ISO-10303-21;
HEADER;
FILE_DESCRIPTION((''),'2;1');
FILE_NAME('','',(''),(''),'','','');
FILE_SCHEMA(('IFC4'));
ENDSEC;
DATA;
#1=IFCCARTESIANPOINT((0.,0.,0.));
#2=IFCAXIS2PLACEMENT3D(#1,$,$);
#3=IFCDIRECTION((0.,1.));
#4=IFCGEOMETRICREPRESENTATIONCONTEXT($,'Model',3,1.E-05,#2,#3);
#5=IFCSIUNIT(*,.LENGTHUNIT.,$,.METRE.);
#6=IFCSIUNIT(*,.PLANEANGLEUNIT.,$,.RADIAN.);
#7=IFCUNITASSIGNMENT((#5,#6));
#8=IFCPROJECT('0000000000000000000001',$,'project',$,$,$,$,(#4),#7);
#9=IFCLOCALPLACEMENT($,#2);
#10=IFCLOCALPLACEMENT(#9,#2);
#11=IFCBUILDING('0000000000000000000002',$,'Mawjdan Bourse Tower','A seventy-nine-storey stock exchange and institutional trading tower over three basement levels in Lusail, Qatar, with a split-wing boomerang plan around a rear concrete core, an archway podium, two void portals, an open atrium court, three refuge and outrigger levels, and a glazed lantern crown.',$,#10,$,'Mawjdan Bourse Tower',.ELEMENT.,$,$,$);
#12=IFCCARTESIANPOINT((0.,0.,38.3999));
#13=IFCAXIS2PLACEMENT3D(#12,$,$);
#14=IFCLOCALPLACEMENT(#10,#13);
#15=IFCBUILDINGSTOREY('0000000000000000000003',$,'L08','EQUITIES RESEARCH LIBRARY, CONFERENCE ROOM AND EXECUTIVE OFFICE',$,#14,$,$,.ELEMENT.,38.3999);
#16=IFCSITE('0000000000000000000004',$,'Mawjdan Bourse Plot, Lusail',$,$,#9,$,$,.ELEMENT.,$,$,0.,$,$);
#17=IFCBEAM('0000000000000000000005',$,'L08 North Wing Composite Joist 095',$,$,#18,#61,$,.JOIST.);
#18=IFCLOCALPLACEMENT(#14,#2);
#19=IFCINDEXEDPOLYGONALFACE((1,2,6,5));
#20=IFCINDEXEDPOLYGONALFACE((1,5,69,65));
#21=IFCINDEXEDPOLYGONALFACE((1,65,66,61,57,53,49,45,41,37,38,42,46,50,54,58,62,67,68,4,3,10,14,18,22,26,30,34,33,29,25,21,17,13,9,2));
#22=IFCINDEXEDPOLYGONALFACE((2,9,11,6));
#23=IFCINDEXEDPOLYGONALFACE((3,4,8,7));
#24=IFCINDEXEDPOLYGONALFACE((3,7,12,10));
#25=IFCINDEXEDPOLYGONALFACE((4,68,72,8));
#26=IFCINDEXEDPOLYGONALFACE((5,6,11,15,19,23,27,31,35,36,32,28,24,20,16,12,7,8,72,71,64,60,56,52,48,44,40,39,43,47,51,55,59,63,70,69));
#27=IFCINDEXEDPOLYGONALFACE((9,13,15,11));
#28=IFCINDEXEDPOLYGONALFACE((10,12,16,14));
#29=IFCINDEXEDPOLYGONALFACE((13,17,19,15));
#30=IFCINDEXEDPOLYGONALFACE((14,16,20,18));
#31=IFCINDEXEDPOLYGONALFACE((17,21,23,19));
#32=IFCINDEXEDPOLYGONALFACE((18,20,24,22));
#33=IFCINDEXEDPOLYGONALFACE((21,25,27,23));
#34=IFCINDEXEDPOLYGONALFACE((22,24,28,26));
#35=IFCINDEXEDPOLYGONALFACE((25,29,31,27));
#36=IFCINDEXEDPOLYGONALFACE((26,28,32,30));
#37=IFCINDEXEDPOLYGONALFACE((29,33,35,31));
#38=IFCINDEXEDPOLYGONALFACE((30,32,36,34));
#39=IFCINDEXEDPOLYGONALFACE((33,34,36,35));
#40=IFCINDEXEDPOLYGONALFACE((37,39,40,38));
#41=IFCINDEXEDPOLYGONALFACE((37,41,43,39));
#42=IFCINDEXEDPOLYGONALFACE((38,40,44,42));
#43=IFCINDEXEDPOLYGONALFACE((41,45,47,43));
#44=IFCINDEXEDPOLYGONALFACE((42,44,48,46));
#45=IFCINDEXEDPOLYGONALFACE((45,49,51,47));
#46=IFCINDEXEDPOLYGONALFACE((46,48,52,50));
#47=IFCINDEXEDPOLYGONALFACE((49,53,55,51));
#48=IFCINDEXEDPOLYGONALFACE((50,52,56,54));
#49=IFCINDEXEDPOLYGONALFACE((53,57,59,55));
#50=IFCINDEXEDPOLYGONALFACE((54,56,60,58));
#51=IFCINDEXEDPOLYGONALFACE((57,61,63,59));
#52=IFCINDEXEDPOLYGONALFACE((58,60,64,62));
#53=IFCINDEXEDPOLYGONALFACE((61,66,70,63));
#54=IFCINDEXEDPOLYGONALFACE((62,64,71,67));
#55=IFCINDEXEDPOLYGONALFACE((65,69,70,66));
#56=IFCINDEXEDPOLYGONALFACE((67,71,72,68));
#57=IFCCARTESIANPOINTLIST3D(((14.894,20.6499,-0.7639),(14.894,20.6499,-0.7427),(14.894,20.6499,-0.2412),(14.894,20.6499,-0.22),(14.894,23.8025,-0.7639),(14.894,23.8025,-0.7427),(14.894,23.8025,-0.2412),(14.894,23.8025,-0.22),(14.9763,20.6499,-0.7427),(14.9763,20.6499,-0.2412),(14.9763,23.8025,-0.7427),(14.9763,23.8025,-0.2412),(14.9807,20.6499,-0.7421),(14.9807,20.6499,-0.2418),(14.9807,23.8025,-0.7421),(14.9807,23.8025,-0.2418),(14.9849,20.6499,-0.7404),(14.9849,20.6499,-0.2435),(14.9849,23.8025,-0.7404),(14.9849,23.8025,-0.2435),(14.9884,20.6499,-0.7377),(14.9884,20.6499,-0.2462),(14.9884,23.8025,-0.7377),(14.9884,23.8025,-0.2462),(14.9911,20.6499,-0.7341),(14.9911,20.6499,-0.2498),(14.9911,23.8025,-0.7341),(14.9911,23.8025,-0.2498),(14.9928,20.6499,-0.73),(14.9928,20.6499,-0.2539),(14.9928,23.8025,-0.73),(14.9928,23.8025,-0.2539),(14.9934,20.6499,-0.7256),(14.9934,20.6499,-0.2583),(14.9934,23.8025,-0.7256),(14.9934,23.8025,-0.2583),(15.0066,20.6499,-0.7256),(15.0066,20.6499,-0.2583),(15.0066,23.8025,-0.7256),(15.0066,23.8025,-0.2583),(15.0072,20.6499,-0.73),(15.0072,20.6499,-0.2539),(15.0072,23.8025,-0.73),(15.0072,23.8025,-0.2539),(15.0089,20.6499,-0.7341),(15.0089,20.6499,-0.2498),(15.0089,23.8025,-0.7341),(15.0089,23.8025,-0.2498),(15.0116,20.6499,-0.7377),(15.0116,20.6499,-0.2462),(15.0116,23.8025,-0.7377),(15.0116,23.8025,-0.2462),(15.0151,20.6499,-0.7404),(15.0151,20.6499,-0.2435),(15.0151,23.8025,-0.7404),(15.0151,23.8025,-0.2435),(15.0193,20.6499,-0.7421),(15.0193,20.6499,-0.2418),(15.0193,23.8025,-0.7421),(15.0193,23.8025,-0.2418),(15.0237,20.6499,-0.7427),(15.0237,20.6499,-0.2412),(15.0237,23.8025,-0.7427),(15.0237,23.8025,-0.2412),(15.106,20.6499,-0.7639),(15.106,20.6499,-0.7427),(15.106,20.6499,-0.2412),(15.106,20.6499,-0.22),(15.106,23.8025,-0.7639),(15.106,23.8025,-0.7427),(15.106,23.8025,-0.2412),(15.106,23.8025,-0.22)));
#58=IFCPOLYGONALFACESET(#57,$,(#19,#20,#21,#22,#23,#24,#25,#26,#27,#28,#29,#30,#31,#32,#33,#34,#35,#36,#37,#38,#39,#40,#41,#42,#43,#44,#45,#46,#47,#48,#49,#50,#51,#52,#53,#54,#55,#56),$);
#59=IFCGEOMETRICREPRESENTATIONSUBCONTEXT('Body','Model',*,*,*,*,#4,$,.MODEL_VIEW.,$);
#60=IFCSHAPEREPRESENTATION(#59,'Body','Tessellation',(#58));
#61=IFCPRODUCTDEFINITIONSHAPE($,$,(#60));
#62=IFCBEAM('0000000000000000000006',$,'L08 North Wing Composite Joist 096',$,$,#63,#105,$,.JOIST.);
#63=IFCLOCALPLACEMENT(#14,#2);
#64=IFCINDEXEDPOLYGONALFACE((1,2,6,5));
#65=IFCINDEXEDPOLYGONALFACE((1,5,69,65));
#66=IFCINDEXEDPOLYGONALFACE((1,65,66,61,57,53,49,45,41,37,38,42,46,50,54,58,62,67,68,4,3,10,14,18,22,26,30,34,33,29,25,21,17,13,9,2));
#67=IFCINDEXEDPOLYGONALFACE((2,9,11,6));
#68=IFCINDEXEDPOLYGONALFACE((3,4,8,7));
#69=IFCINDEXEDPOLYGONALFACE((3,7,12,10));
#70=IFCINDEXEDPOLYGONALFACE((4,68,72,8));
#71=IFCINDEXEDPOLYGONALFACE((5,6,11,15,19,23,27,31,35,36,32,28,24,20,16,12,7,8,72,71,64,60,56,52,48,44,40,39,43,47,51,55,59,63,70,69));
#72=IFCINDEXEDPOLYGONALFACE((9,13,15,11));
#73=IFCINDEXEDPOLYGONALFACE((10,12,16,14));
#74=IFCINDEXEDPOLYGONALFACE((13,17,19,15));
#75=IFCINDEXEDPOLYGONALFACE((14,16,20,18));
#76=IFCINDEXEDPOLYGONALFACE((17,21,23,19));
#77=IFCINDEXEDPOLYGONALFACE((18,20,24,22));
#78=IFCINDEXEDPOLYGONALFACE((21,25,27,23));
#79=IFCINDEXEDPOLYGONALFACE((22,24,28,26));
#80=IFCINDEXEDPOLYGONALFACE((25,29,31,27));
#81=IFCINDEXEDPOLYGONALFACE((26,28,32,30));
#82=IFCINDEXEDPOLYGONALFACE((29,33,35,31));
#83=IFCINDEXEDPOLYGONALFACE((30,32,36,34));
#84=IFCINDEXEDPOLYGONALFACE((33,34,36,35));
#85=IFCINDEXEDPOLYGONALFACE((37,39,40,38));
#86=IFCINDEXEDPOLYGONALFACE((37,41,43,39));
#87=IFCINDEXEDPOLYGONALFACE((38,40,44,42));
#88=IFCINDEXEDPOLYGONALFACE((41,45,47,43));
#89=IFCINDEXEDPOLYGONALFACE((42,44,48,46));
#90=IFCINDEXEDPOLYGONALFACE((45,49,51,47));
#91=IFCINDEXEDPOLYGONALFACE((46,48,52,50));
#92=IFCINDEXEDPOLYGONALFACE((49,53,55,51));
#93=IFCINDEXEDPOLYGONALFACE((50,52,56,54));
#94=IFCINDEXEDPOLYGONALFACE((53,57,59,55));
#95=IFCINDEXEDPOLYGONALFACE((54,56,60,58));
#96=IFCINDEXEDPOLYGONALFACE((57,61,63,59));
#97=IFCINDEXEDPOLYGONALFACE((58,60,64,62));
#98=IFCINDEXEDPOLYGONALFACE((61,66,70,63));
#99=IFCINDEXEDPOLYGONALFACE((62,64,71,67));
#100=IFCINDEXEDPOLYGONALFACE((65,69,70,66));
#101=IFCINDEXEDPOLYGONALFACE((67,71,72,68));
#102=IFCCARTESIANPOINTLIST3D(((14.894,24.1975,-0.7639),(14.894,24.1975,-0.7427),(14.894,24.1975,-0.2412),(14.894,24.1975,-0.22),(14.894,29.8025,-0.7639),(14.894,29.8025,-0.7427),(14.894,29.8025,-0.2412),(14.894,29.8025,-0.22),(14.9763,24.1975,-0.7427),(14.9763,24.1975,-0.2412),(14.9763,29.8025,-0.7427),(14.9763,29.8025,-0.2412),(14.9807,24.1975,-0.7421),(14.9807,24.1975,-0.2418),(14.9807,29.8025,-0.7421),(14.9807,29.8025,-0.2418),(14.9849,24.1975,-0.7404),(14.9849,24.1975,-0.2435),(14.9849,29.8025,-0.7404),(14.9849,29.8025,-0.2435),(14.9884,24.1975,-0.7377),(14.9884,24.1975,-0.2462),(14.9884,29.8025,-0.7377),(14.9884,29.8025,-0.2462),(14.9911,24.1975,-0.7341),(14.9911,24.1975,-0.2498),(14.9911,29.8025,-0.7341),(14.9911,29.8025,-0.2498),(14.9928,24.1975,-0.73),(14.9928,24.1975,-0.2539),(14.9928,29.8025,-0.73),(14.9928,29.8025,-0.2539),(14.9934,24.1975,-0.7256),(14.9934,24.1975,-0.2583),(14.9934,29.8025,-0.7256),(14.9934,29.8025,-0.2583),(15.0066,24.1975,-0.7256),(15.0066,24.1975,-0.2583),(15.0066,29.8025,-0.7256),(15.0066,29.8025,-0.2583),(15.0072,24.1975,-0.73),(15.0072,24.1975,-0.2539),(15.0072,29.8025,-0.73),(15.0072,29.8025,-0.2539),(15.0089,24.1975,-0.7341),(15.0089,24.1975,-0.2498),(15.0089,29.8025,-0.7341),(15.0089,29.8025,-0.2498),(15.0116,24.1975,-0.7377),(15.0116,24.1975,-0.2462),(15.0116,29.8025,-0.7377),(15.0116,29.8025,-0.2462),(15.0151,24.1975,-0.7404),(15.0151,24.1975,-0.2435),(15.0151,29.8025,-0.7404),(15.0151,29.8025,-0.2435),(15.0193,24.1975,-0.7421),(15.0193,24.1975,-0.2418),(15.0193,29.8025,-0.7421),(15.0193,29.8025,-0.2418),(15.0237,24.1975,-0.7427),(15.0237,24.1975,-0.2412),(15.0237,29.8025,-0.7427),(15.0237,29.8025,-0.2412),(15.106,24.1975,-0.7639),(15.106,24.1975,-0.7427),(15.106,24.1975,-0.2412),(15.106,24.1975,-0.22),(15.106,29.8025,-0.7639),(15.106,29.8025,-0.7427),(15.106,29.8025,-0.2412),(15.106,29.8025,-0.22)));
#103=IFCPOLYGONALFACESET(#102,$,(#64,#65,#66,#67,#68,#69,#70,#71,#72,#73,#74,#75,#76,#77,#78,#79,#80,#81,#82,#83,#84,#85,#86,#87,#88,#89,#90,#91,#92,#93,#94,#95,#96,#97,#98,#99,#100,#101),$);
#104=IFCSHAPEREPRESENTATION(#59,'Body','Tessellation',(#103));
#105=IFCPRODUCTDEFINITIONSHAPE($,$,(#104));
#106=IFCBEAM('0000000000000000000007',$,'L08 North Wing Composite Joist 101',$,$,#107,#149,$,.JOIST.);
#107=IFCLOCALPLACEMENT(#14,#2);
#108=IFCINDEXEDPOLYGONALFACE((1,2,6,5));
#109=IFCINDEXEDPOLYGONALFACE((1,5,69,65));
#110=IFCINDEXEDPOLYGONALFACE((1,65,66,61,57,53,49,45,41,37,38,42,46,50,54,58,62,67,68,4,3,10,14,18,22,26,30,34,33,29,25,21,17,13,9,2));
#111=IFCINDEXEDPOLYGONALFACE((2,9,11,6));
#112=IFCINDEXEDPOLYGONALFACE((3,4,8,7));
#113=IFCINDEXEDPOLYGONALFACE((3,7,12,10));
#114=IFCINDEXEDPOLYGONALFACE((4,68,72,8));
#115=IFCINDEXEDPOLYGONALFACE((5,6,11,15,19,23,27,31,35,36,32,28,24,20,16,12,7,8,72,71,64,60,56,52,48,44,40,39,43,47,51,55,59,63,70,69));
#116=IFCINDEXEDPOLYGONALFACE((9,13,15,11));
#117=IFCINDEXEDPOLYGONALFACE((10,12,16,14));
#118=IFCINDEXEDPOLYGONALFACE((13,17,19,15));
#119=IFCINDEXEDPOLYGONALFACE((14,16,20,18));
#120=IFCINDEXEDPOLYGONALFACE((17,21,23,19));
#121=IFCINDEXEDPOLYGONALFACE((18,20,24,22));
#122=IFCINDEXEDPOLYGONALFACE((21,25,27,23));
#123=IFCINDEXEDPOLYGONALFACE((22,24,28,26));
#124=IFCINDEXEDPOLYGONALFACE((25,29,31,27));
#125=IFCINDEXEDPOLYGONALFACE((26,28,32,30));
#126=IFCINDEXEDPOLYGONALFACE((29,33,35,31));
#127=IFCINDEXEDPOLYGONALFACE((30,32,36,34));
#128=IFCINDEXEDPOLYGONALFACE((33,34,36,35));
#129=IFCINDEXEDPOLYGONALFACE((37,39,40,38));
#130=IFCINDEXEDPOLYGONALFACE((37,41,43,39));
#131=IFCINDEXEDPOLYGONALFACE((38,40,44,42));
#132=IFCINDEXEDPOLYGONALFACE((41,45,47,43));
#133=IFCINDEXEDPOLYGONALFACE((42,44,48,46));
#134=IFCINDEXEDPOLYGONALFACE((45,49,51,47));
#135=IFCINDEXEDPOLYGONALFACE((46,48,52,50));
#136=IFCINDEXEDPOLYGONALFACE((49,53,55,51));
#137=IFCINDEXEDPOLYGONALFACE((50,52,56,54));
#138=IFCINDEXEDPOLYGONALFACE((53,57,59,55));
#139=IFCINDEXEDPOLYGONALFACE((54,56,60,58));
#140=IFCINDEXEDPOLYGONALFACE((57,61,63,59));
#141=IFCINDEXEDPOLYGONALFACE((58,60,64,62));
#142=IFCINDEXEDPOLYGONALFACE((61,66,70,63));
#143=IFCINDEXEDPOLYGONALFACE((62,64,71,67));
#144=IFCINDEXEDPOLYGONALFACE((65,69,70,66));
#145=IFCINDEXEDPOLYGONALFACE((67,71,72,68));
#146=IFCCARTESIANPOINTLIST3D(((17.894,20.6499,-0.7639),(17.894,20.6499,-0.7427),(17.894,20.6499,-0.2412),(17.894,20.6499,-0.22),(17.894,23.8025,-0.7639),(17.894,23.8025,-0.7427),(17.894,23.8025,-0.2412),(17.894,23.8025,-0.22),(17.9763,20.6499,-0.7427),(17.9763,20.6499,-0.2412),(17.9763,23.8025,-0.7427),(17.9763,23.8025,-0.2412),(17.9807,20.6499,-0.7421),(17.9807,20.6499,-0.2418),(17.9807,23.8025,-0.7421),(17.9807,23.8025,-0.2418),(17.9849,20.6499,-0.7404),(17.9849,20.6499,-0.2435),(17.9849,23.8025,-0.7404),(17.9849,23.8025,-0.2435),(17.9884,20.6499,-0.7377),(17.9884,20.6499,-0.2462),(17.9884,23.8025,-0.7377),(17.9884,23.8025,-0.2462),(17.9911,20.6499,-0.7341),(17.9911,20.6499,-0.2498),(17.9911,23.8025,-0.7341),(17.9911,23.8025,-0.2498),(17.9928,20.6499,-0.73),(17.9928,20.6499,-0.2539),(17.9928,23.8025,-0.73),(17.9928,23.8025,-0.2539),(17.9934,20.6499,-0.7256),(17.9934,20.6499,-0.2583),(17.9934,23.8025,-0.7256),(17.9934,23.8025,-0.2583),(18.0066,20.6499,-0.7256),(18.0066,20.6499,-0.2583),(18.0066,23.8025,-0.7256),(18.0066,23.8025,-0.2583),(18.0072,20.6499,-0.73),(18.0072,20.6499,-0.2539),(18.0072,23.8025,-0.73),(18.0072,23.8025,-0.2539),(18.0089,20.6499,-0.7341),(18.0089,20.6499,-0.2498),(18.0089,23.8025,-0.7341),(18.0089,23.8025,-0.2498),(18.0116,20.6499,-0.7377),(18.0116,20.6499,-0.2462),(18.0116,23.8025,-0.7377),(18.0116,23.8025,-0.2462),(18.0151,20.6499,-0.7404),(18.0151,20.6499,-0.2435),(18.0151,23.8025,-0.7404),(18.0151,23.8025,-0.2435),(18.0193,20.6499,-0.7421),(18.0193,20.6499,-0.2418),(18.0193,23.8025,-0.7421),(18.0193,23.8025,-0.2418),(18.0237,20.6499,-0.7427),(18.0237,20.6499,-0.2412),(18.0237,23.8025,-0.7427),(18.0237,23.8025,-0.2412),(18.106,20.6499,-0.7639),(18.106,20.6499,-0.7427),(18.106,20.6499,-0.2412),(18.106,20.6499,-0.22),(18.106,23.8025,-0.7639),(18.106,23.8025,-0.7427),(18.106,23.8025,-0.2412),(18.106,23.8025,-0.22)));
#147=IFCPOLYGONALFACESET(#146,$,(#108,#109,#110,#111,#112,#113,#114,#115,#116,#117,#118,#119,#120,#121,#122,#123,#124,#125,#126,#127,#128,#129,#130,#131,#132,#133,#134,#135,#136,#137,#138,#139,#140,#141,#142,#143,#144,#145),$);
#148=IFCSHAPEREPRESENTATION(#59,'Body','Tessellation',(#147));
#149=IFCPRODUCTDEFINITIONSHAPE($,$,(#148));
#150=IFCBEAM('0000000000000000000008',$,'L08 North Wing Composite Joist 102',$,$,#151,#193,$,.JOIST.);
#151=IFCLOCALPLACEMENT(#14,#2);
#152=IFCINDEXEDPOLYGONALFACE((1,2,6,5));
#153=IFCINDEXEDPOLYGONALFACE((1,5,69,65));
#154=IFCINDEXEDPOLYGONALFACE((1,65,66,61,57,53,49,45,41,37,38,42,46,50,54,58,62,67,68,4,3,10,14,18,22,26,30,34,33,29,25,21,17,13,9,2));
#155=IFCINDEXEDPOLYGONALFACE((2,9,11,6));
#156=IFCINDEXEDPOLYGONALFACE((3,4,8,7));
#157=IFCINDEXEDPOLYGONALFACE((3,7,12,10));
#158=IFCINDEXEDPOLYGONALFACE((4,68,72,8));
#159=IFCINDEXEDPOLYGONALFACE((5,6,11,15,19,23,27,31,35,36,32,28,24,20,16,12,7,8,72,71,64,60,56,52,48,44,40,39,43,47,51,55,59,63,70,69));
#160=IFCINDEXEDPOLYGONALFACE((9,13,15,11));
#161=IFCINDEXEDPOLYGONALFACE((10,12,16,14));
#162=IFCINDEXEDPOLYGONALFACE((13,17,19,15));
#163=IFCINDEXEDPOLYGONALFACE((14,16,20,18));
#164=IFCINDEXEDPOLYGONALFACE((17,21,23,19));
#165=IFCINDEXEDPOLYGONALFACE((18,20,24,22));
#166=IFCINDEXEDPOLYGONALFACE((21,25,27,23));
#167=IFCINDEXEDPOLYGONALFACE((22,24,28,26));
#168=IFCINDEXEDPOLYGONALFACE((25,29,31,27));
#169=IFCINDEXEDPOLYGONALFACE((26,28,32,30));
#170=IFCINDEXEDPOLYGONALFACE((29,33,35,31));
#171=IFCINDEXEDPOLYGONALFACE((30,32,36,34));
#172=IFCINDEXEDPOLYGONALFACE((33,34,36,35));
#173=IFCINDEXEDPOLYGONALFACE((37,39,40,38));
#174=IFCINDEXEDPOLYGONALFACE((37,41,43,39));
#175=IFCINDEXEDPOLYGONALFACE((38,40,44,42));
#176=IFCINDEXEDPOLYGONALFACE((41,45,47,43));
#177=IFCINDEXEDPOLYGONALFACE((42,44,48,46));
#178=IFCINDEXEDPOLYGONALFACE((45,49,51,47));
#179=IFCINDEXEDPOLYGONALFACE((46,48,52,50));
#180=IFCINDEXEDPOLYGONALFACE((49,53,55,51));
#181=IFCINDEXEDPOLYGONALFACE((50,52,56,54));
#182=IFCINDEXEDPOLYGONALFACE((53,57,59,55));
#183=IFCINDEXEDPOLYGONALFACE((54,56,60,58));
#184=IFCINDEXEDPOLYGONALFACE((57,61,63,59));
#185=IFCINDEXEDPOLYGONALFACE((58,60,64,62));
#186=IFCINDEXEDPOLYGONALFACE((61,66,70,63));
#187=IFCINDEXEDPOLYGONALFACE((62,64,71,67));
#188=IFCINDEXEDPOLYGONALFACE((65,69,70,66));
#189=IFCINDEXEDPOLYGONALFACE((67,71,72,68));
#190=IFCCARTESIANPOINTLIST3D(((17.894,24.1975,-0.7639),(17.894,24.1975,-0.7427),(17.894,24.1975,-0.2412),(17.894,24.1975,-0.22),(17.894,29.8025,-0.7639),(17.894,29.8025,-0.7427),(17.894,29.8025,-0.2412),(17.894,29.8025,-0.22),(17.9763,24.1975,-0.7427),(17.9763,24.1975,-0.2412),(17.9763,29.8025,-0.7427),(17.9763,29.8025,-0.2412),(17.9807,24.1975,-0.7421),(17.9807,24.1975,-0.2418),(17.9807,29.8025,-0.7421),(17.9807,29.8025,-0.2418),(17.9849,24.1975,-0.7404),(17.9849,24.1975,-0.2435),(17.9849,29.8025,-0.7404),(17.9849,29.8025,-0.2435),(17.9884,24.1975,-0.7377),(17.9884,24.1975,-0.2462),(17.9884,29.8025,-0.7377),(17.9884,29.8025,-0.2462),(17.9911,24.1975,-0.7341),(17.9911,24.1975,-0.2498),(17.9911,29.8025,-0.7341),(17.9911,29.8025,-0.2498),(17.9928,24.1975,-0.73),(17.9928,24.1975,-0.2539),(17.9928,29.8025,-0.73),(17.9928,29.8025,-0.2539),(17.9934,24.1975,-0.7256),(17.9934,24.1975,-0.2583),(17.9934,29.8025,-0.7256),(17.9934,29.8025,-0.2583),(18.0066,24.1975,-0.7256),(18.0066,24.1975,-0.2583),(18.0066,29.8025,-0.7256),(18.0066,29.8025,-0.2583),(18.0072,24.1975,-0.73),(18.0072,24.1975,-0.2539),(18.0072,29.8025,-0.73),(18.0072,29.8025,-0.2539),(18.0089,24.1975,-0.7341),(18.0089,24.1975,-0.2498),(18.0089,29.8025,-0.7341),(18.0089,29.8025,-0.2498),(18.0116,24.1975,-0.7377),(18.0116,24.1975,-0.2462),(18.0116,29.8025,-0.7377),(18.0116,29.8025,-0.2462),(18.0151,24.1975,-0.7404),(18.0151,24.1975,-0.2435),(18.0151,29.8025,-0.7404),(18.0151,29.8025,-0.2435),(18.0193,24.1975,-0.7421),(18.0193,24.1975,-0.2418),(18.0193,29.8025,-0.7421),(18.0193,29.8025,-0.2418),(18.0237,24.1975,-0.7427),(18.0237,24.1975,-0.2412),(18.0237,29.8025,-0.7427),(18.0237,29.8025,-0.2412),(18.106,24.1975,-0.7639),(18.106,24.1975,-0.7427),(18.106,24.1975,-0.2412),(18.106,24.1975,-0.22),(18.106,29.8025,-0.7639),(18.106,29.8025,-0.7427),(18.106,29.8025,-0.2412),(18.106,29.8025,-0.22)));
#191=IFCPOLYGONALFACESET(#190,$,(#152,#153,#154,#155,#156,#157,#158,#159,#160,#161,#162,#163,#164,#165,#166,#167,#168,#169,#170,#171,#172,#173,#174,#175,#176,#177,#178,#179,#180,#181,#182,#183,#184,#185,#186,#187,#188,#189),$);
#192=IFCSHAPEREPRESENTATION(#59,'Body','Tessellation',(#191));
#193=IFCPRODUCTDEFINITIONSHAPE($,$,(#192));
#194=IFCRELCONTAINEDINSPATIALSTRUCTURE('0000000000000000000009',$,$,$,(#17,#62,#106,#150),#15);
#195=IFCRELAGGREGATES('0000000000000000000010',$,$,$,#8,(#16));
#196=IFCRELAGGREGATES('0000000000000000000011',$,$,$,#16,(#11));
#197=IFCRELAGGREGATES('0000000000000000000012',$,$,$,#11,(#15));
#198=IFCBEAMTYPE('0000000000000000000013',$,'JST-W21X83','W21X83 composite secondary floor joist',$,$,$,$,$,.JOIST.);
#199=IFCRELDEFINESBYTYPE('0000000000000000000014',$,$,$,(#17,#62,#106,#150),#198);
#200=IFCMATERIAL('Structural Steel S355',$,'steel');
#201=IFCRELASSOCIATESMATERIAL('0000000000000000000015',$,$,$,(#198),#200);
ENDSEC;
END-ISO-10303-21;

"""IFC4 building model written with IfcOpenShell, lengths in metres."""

from ifc_helpers import new_model, si_unit, direction, frame, origin, origin_2d, place, context, subcontext, project, spatial, i_section, extrude, material, material_profile, profile_set, type_object, element, save


model = new_model("IFC4")

# Units and contexts
model_context = context("Model", 3, precision=1e-05, world=origin(), true_north=direction((0.0, 1.0)))
body_context = subcontext(model_context, "Body", "Model", "MODEL_VIEW")
ifc_project = project(units=[si_unit("LENGTHUNIT", "METRE"), si_unit("PLANEANGLEUNIT", "RADIAN")], contexts=[model_context])

# Site, building, storey
site_placement = place(None, origin())
site = spatial("IfcSite", under=ifc_project, at=site_placement, Name="Mawjdan Bourse Plot, Lusail", CompositionType="ELEMENT", RefElevation=0.0)
building_placement = place(site_placement, origin())
building = spatial("IfcBuilding", under=site, at=building_placement, Name="Mawjdan Bourse Tower", Description="A seventy-nine-storey stock exchange and institutional trading tower over three basement levels in Lusail, Qatar, with a split-wing boomerang plan around a rear concrete core, an archway podium, two void portals, an open atrium court, three refuge and outrigger levels, and a glazed lantern crown.", LongName="Mawjdan Bourse Tower", CompositionType="ELEMENT")
storey_placement = place(building_placement, frame((0.0, 0.0, 38.3999)))
storey = spatial("IfcBuildingStorey", under=building, at=storey_placement, Name="L08", Description="EQUITIES RESEARCH LIBRARY, CONFERENCE ROOM AND EXECUTIVE OFFICE", CompositionType="ELEMENT", Elevation=38.3999)

# Beams
ifc_material_1 = material(Name="Structural Steel S355", Category="steel")
ifc_material_profile_1 = material_profile(ifc_material_1, i_section(OverallWidth=0.2119, OverallDepth=0.5439, WebThickness=0.0132, FlangeThickness=0.0212, FilletRadius=0.0171, at=origin_2d()), Name="W21X83")
ifc_profile_set_1 = profile_set([ifc_material_profile_1], Name="Structural Steel S355")
beam_type_1 = type_object("IfcBeamType", Name="JST-W21X83", Description="W21X83 composite secondary floor joist", PredefinedType="JOIST", material=ifc_profile_set_1)
beam_1_placement = place(storey_placement, frame((15.0, 20.6499, -0.4919), z_axis=(0.0, 1.0, 0.0), x_axis=(-1.0, 0.0, 0.0)))
element("IfcBeam", 1, at=beam_1_placement, inside=storey, type_object=beam_type_1, Name="L08 North Wing Composite Joist 095", PredefinedType="JOIST", context=body_context, shape_type="SweptSolid", body=[
    extrude(i_section(OverallWidth=0.2119, OverallDepth=0.5439, WebThickness=0.0132, FlangeThickness=0.0212, FilletRadius=0.0171, at=origin_2d()), origin(), (0.0, 0.0, 1.0), 3.1526),
])
beam_2_placement = place(storey_placement, frame((15.0, 24.1975, -0.4919), z_axis=(0.0, 1.0, 0.0), x_axis=(-1.0, 0.0, 0.0)))
element("IfcBeam", 2, at=beam_2_placement, inside=storey, type_object=beam_type_1, Name="L08 North Wing Composite Joist 096", PredefinedType="JOIST", context=body_context, shape_type="SweptSolid", body=[
    extrude(i_section(OverallWidth=0.2119, OverallDepth=0.5439, WebThickness=0.0132, FlangeThickness=0.0212, FilletRadius=0.0171, at=origin_2d()), origin(), (0.0, 0.0, 1.0), 5.605),
])
beam_3_placement = place(storey_placement, frame((18.0, 20.6499, -0.4919), z_axis=(0.0, 1.0, 0.0), x_axis=(-1.0, 0.0, 0.0)))
element("IfcBeam", 3, at=beam_3_placement, inside=storey, type_object=beam_type_1, Name="L08 North Wing Composite Joist 101", PredefinedType="JOIST", context=body_context, shape_type="SweptSolid", body=[
    extrude(i_section(OverallWidth=0.2119, OverallDepth=0.5439, WebThickness=0.0132, FlangeThickness=0.0212, FilletRadius=0.0171, at=origin_2d()), origin(), (0.0, 0.0, 1.0), 3.1526),
])
beam_4_placement = place(storey_placement, frame((18.0, 24.1975, -0.4919), z_axis=(0.0, 1.0, 0.0), x_axis=(-1.0, 0.0, 0.0)))
element("IfcBeam", 4, at=beam_4_placement, inside=storey, type_object=beam_type_1, Name="L08 North Wing Composite Joist 102", PredefinedType="JOIST", context=body_context, shape_type="SweptSolid", body=[
    extrude(i_section(OverallWidth=0.2119, OverallDepth=0.5439, WebThickness=0.0132, FlangeThickness=0.0212, FilletRadius=0.0171, at=origin_2d()), origin(), (0.0, 0.0, 1.0), 5.605),
])

save(model, "model.ifc")
